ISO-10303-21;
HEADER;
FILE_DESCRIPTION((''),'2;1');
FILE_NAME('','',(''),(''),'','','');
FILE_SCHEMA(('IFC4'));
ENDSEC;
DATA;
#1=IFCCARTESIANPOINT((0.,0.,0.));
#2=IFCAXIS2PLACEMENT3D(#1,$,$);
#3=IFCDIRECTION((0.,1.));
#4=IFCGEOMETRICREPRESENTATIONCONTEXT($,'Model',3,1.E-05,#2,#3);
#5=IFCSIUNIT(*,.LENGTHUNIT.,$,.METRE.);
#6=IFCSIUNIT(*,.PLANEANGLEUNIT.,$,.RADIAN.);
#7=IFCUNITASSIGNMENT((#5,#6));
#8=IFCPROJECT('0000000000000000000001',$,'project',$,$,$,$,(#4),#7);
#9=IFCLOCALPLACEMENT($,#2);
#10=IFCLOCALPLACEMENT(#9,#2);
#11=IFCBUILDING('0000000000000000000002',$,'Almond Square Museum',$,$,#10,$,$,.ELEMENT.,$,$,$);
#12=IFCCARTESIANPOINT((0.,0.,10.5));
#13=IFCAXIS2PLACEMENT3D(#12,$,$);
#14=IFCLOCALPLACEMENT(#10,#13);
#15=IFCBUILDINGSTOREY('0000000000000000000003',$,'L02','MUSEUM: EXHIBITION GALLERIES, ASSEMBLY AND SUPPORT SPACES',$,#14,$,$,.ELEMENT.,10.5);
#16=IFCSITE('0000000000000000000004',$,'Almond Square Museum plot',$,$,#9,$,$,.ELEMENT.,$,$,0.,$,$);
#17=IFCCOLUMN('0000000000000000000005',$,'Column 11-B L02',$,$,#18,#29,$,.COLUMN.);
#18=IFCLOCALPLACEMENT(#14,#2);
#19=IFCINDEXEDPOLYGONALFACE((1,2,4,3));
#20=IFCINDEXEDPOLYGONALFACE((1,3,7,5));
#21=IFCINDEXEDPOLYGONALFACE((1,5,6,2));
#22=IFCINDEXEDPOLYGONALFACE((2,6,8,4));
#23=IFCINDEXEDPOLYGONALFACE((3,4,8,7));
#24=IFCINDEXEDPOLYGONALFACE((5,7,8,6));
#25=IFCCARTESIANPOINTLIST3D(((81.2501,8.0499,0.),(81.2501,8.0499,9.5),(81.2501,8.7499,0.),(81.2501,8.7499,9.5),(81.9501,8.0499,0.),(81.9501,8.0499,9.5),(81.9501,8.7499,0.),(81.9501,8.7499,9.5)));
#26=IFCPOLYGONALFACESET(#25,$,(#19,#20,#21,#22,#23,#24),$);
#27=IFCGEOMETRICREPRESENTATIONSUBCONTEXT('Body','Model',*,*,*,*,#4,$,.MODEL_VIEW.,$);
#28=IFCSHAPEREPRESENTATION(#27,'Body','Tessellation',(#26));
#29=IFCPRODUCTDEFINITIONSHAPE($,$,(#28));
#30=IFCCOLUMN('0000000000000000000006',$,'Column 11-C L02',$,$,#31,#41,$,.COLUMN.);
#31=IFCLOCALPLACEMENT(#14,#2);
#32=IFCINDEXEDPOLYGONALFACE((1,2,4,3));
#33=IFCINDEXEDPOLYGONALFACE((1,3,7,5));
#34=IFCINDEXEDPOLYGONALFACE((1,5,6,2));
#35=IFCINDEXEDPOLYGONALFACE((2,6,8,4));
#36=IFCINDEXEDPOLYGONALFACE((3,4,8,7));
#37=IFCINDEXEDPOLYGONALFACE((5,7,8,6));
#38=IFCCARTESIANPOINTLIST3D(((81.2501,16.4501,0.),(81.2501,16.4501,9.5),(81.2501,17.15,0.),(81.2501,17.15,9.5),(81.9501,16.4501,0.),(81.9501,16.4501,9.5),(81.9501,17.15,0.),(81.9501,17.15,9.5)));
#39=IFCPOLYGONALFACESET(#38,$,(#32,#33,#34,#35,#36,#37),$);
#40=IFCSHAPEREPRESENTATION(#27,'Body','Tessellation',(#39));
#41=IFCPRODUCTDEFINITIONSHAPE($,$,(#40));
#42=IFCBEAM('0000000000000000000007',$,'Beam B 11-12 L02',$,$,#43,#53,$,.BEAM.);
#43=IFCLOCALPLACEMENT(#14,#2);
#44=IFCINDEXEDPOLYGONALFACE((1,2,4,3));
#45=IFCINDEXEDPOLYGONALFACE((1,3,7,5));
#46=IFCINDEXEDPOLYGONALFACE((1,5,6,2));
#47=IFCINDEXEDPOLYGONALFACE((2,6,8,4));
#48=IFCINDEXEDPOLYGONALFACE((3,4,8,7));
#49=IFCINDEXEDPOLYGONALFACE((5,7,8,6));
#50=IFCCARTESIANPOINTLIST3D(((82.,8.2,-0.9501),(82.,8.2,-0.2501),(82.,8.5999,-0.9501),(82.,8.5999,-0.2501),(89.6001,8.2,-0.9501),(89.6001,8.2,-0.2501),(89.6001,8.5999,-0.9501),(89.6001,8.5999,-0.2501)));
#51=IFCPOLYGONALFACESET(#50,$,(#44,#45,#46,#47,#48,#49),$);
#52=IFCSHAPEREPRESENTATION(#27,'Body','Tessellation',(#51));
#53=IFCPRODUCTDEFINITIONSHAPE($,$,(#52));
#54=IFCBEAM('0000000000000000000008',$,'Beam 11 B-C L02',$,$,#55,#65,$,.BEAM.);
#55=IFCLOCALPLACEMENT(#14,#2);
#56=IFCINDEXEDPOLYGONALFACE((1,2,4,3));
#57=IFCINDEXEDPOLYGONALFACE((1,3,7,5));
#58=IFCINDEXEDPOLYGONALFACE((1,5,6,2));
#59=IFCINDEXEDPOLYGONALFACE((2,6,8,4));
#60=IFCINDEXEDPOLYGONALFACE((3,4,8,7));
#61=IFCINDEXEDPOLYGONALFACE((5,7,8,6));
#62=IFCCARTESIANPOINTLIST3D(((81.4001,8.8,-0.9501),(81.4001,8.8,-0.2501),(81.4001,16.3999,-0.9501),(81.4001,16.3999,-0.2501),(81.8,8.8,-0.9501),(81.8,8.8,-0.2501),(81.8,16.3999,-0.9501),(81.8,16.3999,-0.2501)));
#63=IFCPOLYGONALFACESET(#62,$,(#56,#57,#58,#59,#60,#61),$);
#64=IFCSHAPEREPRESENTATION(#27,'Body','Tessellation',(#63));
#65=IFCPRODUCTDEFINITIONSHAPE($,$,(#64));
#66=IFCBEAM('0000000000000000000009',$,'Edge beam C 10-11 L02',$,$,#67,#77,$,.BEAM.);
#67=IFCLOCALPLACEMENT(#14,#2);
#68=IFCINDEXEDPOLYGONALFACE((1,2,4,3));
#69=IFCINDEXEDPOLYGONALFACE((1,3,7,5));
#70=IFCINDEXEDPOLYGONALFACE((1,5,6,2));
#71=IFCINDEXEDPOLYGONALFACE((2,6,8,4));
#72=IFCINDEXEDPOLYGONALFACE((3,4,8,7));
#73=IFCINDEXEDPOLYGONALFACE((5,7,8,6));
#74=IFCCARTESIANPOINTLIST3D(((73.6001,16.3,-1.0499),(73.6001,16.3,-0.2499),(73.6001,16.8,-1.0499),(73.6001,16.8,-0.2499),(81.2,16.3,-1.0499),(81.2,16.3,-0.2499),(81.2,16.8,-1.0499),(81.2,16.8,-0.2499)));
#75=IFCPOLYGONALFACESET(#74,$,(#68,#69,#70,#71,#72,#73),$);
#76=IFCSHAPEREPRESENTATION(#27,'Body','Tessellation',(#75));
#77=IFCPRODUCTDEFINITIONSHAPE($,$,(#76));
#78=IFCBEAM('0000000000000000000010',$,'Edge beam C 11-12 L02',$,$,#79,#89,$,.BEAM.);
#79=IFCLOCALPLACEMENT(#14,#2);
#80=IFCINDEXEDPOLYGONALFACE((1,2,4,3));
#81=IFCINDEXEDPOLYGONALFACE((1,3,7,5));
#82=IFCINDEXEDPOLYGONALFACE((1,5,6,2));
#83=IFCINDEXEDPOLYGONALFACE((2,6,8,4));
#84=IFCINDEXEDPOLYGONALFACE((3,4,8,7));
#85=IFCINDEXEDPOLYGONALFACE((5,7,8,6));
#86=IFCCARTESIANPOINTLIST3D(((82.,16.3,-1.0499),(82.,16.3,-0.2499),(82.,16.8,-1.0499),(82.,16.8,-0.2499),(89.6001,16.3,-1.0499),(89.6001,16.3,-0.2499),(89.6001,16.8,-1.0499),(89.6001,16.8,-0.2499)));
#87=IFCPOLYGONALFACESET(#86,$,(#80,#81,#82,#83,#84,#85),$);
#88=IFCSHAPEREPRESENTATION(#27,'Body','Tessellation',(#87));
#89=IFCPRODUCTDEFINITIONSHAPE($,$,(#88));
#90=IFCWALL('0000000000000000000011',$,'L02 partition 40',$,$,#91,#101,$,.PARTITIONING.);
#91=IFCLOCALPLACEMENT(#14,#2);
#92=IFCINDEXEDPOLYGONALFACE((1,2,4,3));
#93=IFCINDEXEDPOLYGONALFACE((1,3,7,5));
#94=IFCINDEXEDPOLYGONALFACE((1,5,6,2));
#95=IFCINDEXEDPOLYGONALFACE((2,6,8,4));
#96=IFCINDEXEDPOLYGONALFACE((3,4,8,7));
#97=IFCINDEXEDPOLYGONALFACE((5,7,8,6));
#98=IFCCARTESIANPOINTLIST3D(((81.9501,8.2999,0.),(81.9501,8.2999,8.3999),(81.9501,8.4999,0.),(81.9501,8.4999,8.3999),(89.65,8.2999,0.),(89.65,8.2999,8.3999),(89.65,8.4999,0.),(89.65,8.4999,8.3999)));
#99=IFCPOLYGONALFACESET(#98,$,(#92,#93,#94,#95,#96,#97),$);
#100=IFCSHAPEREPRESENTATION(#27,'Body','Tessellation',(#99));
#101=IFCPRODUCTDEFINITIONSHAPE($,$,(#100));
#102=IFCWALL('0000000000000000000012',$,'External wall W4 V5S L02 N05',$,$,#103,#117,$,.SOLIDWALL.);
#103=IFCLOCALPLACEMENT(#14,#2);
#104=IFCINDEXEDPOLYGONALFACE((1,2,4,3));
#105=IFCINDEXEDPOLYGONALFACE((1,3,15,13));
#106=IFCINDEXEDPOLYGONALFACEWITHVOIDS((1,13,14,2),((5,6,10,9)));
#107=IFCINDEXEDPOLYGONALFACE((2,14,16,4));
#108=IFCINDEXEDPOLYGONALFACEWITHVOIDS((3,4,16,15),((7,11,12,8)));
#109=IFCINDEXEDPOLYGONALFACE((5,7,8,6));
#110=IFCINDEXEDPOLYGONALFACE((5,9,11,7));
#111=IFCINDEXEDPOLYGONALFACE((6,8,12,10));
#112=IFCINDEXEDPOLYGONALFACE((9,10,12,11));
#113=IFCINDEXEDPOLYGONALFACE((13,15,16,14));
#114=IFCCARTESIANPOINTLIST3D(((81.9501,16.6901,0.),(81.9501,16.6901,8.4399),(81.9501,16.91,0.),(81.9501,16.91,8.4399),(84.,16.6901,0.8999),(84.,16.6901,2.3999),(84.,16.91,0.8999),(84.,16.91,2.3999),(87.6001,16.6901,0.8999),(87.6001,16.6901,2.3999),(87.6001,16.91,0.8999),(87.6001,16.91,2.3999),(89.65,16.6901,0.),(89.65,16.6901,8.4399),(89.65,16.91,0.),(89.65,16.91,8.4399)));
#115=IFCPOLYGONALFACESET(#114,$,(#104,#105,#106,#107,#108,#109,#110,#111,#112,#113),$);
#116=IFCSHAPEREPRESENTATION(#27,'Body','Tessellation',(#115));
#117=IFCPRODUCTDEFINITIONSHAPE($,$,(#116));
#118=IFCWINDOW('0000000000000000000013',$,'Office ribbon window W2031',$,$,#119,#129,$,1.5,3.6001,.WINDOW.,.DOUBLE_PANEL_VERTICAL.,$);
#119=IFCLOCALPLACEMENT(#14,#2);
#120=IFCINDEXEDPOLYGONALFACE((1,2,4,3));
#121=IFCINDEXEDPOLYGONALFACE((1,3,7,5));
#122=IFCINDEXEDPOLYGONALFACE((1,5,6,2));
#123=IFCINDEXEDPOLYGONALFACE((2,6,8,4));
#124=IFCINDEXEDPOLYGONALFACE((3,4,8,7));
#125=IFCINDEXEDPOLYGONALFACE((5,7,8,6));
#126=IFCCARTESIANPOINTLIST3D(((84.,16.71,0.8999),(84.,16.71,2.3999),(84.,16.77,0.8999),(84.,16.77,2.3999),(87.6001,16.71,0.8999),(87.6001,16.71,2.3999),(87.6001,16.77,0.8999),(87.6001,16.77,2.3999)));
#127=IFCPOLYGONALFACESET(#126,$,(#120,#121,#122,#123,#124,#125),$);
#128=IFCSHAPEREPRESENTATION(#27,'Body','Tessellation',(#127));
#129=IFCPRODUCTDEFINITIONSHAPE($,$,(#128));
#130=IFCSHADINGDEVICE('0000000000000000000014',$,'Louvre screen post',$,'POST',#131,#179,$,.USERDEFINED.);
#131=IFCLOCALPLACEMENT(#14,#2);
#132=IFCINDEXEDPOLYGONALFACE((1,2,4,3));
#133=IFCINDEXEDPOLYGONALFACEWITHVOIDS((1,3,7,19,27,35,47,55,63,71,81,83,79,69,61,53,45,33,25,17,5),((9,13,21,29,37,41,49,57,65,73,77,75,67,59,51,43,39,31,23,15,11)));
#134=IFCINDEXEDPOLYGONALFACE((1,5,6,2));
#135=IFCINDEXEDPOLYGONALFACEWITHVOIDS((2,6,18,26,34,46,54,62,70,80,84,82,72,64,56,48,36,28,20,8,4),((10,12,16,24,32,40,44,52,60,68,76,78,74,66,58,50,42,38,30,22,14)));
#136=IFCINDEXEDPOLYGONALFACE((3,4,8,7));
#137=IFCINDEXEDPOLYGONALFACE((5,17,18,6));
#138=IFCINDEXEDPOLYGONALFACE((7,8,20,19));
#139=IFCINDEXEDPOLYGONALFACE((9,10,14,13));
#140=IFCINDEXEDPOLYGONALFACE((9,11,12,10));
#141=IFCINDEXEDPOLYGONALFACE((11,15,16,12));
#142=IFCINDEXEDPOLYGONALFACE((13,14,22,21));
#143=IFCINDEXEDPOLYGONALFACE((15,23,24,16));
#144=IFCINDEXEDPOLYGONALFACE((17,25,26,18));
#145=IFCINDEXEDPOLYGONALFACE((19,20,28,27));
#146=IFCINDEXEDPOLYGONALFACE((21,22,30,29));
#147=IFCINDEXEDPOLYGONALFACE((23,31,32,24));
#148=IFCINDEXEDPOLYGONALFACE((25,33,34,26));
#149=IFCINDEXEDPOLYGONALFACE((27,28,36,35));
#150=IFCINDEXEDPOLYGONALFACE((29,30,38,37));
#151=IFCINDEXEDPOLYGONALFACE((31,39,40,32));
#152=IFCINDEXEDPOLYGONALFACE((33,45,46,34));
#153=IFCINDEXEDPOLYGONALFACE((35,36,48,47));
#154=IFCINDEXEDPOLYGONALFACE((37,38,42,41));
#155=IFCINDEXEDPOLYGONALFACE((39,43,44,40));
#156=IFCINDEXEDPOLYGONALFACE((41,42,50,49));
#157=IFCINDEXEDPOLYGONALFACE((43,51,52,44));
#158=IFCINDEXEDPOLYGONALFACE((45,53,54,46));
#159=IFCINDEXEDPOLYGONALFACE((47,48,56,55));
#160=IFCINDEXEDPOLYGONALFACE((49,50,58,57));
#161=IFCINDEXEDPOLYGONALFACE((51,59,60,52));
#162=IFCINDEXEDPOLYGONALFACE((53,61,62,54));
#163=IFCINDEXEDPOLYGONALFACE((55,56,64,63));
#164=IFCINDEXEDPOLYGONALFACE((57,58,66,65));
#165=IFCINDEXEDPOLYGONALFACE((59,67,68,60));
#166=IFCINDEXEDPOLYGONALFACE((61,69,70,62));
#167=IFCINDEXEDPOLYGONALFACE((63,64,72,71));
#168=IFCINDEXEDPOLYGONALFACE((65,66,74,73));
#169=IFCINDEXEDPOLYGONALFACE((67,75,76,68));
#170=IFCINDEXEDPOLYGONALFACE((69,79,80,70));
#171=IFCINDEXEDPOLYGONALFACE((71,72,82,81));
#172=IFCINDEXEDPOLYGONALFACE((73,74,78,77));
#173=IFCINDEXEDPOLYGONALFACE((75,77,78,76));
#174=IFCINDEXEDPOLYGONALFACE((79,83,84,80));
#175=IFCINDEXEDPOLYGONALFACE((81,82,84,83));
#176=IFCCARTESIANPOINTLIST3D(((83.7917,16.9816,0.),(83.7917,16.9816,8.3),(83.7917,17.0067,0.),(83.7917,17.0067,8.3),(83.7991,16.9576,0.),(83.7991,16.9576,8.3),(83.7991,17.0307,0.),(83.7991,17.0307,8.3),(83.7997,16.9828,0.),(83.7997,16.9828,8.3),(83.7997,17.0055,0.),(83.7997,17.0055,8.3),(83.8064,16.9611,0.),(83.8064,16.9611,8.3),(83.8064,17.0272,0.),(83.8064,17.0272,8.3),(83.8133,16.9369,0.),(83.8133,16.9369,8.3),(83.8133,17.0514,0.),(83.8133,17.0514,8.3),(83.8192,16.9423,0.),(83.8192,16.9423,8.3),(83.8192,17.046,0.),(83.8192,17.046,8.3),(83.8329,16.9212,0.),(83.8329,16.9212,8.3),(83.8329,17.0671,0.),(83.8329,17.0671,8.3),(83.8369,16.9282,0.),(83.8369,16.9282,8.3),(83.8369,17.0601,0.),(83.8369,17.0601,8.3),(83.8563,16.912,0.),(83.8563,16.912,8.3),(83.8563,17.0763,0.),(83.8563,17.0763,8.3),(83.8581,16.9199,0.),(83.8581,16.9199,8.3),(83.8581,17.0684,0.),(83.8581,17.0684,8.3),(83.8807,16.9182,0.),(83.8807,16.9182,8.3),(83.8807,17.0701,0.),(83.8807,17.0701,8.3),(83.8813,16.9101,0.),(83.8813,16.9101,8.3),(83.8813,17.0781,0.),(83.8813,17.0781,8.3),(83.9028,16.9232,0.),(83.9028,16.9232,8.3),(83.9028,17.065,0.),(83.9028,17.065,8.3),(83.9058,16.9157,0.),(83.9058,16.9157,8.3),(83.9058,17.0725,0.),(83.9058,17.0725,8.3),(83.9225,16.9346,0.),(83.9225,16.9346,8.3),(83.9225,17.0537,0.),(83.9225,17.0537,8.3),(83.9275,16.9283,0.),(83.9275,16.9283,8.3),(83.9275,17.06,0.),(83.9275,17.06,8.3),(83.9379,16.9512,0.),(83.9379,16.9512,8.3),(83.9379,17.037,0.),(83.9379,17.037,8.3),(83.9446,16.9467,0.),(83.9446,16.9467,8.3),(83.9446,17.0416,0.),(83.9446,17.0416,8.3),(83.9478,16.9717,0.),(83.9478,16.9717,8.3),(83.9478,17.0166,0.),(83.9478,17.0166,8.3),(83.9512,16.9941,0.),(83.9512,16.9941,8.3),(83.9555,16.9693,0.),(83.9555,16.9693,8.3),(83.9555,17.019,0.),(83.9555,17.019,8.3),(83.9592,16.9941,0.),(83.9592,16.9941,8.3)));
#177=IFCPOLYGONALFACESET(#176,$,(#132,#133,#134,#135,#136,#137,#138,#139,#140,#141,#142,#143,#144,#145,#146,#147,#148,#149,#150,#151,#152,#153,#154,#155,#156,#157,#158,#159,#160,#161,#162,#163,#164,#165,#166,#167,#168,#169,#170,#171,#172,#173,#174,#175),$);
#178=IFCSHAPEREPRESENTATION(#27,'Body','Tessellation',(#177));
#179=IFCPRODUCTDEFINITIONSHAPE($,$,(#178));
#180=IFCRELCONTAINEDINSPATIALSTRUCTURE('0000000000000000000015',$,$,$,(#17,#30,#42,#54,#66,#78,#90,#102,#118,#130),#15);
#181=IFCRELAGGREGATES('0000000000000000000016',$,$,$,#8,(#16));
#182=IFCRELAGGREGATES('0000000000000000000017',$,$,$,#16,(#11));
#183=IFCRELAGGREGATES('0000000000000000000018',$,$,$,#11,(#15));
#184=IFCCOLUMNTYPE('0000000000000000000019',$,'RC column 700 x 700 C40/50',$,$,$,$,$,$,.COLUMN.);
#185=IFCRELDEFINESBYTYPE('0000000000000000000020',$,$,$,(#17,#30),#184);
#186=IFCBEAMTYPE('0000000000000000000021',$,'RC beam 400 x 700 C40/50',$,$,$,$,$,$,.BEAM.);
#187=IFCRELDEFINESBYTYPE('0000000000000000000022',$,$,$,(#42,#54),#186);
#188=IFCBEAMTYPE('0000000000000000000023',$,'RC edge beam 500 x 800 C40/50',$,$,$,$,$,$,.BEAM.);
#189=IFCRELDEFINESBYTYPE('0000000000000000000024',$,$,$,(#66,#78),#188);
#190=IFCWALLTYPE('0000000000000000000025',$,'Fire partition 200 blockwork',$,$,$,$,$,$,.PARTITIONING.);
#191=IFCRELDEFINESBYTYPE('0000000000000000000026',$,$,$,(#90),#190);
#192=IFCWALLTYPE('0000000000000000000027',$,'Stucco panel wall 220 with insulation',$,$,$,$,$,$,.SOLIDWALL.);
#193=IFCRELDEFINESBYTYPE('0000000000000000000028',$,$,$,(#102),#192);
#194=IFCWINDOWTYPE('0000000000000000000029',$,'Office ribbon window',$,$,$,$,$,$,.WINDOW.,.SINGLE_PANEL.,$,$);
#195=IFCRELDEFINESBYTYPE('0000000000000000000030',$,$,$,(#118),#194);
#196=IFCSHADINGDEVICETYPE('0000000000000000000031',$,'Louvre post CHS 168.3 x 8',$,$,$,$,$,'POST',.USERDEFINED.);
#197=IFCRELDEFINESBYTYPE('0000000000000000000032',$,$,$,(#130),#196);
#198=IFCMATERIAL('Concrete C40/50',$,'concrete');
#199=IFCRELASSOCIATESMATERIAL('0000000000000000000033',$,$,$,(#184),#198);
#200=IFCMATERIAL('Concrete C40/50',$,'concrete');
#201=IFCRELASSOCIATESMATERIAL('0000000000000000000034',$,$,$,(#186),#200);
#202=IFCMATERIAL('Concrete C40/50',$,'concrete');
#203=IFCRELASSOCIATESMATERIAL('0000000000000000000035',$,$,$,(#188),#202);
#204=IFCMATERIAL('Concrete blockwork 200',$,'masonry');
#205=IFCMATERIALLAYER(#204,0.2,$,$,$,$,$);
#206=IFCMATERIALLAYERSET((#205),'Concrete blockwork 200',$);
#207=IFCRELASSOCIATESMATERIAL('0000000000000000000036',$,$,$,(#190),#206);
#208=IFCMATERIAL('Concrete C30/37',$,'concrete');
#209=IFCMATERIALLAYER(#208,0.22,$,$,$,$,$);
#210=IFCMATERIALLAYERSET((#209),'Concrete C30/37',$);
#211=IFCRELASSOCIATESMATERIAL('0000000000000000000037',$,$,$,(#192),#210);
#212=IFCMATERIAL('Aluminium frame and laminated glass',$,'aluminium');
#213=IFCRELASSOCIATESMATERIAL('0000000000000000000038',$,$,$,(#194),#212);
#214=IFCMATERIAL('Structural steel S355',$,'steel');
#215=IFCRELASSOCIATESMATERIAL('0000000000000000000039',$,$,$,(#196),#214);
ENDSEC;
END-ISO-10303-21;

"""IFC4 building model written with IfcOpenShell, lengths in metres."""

from ifc_helpers import new_model, si_unit, direction, frame, frame_2d, origin, origin_2d, place, context, subcontext, project, spatial, rectangle, hollow_circle, extrude, material, layer, layer_set, material_profile, profile_set, type_object, element, fill, save


model = new_model("IFC4")

# Units and contexts
model_context = context("Model", 3, precision=1e-05, world=origin(), true_north=direction((0.0, 1.0)))
body_context = subcontext(model_context, "Body", "Model", "MODEL_VIEW")
ifc_project = project(units=[si_unit("LENGTHUNIT", "METRE"), si_unit("PLANEANGLEUNIT", "RADIAN")], contexts=[model_context])

# Site, building, storey
site_placement = place(None, origin())
site = spatial("IfcSite", under=ifc_project, at=site_placement, Name="Almond Square Museum plot", CompositionType="ELEMENT", RefElevation=0.0)
building_placement = place(site_placement, origin())
building = spatial("IfcBuilding", under=site, at=building_placement, Name="Almond Square Museum", CompositionType="ELEMENT")
storey_placement = place(building_placement, frame((0.0, 0.0, 10.5)))
storey = spatial("IfcBuildingStorey", under=building, at=storey_placement, Name="L02", Description="MUSEUM: EXHIBITION GALLERIES, ASSEMBLY AND SUPPORT SPACES", CompositionType="ELEMENT", Elevation=10.5)

# Columns
ifc_material_1 = material(Name="Concrete C40/50", Category="concrete")
ifc_material_profile_1 = material_profile(ifc_material_1, rectangle(XDim=0.7, YDim=0.7, at=origin_2d()))
ifc_profile_set_1 = profile_set([ifc_material_profile_1], Name="Concrete C40/50")
column_type = type_object("IfcColumnType", Name="RC column 700 x 700 C40/50", PredefinedType="COLUMN", material=ifc_profile_set_1)
for number, where, z_axis, x_axis, name in (
    (1, (81.6001, 8.3999, 0.0), (0.0, 0.0, 1.0), (1.0, 0.0, 0.0), "Column 11-B L02"),
    (2, (81.6001, 16.8, 0.0), (0.0, 0.0, 1.0), (1.0, 0.0, 0.0), "Column 11-C L02"),
):
    element("IfcColumn", number, at=place(storey_placement, frame(where, z_axis=z_axis, x_axis=x_axis)), inside=storey, type_object=column_type, Name=name, PredefinedType="COLUMN", context=body_context, shape_type="SweptSolid", body=[
        extrude(rectangle(XDim=0.7, YDim=0.7, at=origin_2d()), origin(), (0.0, 0.0, 1.0), 9.5),
    ])

# Beams
ifc_material_2 = material(Name="Concrete C40/50", Category="concrete")
ifc_material_profile_2 = material_profile(ifc_material_2, rectangle(XDim=0.3999, YDim=0.7, at=origin_2d()))
ifc_profile_set_2 = profile_set([ifc_material_profile_2], Name="Concrete C40/50")
beam_type_1 = type_object("IfcBeamType", Name="RC beam 400 x 700 C40/50", PredefinedType="BEAM", material=ifc_profile_set_2)
beam_1_placement = place(storey_placement, frame((82.0, 8.3999, -0.6001), z_axis=(1.0, 0.0, 0.0), x_axis=(0.0, 1.0, 0.0)))
element("IfcBeam", 3, at=beam_1_placement, inside=storey, type_object=beam_type_1, Name="Beam B 11-12 L02", PredefinedType="BEAM", context=body_context, shape_type="SweptSolid", body=[
    extrude(rectangle(XDim=0.3999, YDim=0.7, at=origin_2d()), origin(), (0.0, 0.0, 1.0), 7.6001),
])
beam_2_placement = place(storey_placement, frame((81.6001, 8.8, -0.6001), z_axis=(0.0, 1.0, 0.0), x_axis=(-1.0, 0.0, 0.0)))
element("IfcBeam", 4, at=beam_2_placement, inside=storey, type_object=beam_type_1, Name="Beam 11 B-C L02", PredefinedType="BEAM", context=body_context, shape_type="SweptSolid", body=[
    extrude(rectangle(XDim=0.3999, YDim=0.7, at=origin_2d()), origin(), (0.0, 0.0, 1.0), 7.5999),
])
ifc_material_3 = material(Name="Concrete C40/50", Category="concrete")
ifc_material_profile_3 = material_profile(ifc_material_3, rectangle(XDim=0.5, YDim=0.8, at=origin_2d()))
ifc_profile_set_3 = profile_set([ifc_material_profile_3], Name="Concrete C40/50")
beam_type_2 = type_object("IfcBeamType", Name="RC edge beam 500 x 800 C40/50", PredefinedType="BEAM", material=ifc_profile_set_3)
beam_3_placement = place(storey_placement, frame((73.6001, 16.55, -0.6499), z_axis=(1.0, 0.0, 0.0), x_axis=(0.0, 1.0, 0.0)))
element("IfcBeam", 5, at=beam_3_placement, inside=storey, type_object=beam_type_2, Name="Edge beam C 10-11 L02", PredefinedType="BEAM", context=body_context, shape_type="SweptSolid", body=[
    extrude(rectangle(XDim=0.5, YDim=0.8, at=origin_2d()), origin(), (0.0, 0.0, 1.0), 7.5999),
])
beam_4_placement = place(storey_placement, frame((82.0, 16.55, -0.6499), z_axis=(1.0, 0.0, 0.0), x_axis=(0.0, 1.0, 0.0)))
element("IfcBeam", 6, at=beam_4_placement, inside=storey, type_object=beam_type_2, Name="Edge beam C 11-12 L02", PredefinedType="BEAM", context=body_context, shape_type="SweptSolid", body=[
    extrude(rectangle(XDim=0.5, YDim=0.8, at=origin_2d()), origin(), (0.0, 0.0, 1.0), 7.6001),
])

# Wall
ifc_material_4 = material(Name="Concrete blockwork 200", Category="masonry")
ifc_layer_1 = layer(ifc_material_4, 0.2)
ifc_layer_set_1 = layer_set([ifc_layer_1], Name="Concrete blockwork 200")
wall_type_1 = type_object("IfcWallType", Name="Fire partition 200 blockwork", PredefinedType="PARTITIONING", material=ifc_layer_set_1)
wall_1_placement = place(storey_placement, frame((81.95, 8.3999, 0.0), z_axis=(0.0, 0.0, 1.0), x_axis=(1.0, 0.0, 0.0)))
element("IfcWall", 7, at=wall_1_placement, inside=storey, type_object=wall_type_1, Name="L02 partition 40", PredefinedType="PARTITIONING", context=body_context, shape_type="SweptSolid", body=[
    extrude(rectangle(XDim=7.7, YDim=0.2, at=frame_2d((3.8501, 0.0))), origin(), (0.0, 0.0, 1.0), 8.3999),
])

# Wall, opening, window
ifc_material_5 = material(Name="Concrete C30/37", Category="concrete")
ifc_layer_2 = layer(ifc_material_5, 0.22)
ifc_layer_set_2 = layer_set([ifc_layer_2], Name="Concrete C30/37")
wall_type_2 = type_object("IfcWallType", Name="Stucco panel wall 220 with insulation", PredefinedType="SOLIDWALL", material=ifc_layer_set_2)
wall_2_placement = place(storey_placement, frame((81.95, 16.8, 0.0), z_axis=(0.0, 0.0, 1.0), x_axis=(1.0, 0.0, 0.0)))
wall_2 = element("IfcWall", 8, at=wall_2_placement, inside=storey, type_object=wall_type_2, Name="External wall W4 V5S L02 N05", PredefinedType="SOLIDWALL", context=body_context, shape_type="SweptSolid", body=[
    extrude(rectangle(XDim=7.7, YDim=0.22, at=frame_2d((3.8501, 0.0))), origin(), (0.0, 0.0, 1.0), 8.4399),
])
opening_placement = place(wall_2_placement, frame((2.05, 0.0, 0.8999)))
opening = element("IfcOpeningElement", 9, at=opening_placement, cuts=wall_2, PredefinedType="OPENING", context=body_context, shape_type="SweptSolid", body=[
    extrude(rectangle(XDim=3.6001, YDim=1.5, at=frame_2d((1.8, 0.75))), frame((0.0, 0.1199, 0.0), z_axis=(0.0, -1.0, 0.0), x_axis=(1.0, 0.0, 0.0)), (0.0, 0.0, 1.0), 0.24),
])
ifc_material_6 = material(Name="Aluminium frame and laminated glass", Category="aluminium")
window_type = type_object("IfcWindowType", Name="Office ribbon window", PartitioningType="SINGLE_PANEL", PredefinedType="WINDOW", material=ifc_material_6)
window_placement = place(opening_placement, origin())
window = element("IfcWindow", 10, at=window_placement, inside=storey, type_object=window_type, Name="Office ribbon window W2031", OverallHeight=1.5, OverallWidth=3.6001, PartitioningType="DOUBLE_PANEL_VERTICAL", PredefinedType="WINDOW", context=body_context, shape_type="SweptSolid", body=[
    extrude(rectangle(XDim=3.6001, YDim=1.5, at=frame_2d((1.8, 0.75))), frame((0.0, -0.03, 0.0), z_axis=(0.0, -1.0, 0.0), x_axis=(1.0, 0.0, 0.0)), (0.0, 0.0, 1.0), 0.0601),
])
fill(opening, window)

# Shading device
ifc_material_7 = material(Name="Structural steel S355", Category="steel")
ifc_material_profile_4 = material_profile(ifc_material_7, hollow_circle(Radius=0.0842, WallThickness=0.0081, at=origin_2d()))
ifc_profile_set_4 = profile_set([ifc_material_profile_4], Name="Structural steel S355")
shading_device_type = type_object("IfcShadingDeviceType", Name="Louvre post CHS 168.3 x 8", ElementType="POST", PredefinedType="USERDEFINED", material=ifc_profile_set_4)
for number, where, z_axis, x_axis, name in (
    (11, (83.875, 16.9941, 0.0), (0.0, 0.0, 1.0), (1.0, 0.0, 0.0), "Louvre screen post"),
):
    element("IfcShadingDevice", number, at=place(storey_placement, frame(where, z_axis=z_axis, x_axis=x_axis)), inside=storey, type_object=shading_device_type, Name=name, ObjectType="POST", PredefinedType="USERDEFINED", context=body_context, shape_type="SweptSolid", body=[
        extrude(hollow_circle(Radius=0.0842, WallThickness=0.0081, at=origin_2d()), origin(), (0.0, 0.0, 1.0), 8.3),
    ])

save(model, "model.ifc")
